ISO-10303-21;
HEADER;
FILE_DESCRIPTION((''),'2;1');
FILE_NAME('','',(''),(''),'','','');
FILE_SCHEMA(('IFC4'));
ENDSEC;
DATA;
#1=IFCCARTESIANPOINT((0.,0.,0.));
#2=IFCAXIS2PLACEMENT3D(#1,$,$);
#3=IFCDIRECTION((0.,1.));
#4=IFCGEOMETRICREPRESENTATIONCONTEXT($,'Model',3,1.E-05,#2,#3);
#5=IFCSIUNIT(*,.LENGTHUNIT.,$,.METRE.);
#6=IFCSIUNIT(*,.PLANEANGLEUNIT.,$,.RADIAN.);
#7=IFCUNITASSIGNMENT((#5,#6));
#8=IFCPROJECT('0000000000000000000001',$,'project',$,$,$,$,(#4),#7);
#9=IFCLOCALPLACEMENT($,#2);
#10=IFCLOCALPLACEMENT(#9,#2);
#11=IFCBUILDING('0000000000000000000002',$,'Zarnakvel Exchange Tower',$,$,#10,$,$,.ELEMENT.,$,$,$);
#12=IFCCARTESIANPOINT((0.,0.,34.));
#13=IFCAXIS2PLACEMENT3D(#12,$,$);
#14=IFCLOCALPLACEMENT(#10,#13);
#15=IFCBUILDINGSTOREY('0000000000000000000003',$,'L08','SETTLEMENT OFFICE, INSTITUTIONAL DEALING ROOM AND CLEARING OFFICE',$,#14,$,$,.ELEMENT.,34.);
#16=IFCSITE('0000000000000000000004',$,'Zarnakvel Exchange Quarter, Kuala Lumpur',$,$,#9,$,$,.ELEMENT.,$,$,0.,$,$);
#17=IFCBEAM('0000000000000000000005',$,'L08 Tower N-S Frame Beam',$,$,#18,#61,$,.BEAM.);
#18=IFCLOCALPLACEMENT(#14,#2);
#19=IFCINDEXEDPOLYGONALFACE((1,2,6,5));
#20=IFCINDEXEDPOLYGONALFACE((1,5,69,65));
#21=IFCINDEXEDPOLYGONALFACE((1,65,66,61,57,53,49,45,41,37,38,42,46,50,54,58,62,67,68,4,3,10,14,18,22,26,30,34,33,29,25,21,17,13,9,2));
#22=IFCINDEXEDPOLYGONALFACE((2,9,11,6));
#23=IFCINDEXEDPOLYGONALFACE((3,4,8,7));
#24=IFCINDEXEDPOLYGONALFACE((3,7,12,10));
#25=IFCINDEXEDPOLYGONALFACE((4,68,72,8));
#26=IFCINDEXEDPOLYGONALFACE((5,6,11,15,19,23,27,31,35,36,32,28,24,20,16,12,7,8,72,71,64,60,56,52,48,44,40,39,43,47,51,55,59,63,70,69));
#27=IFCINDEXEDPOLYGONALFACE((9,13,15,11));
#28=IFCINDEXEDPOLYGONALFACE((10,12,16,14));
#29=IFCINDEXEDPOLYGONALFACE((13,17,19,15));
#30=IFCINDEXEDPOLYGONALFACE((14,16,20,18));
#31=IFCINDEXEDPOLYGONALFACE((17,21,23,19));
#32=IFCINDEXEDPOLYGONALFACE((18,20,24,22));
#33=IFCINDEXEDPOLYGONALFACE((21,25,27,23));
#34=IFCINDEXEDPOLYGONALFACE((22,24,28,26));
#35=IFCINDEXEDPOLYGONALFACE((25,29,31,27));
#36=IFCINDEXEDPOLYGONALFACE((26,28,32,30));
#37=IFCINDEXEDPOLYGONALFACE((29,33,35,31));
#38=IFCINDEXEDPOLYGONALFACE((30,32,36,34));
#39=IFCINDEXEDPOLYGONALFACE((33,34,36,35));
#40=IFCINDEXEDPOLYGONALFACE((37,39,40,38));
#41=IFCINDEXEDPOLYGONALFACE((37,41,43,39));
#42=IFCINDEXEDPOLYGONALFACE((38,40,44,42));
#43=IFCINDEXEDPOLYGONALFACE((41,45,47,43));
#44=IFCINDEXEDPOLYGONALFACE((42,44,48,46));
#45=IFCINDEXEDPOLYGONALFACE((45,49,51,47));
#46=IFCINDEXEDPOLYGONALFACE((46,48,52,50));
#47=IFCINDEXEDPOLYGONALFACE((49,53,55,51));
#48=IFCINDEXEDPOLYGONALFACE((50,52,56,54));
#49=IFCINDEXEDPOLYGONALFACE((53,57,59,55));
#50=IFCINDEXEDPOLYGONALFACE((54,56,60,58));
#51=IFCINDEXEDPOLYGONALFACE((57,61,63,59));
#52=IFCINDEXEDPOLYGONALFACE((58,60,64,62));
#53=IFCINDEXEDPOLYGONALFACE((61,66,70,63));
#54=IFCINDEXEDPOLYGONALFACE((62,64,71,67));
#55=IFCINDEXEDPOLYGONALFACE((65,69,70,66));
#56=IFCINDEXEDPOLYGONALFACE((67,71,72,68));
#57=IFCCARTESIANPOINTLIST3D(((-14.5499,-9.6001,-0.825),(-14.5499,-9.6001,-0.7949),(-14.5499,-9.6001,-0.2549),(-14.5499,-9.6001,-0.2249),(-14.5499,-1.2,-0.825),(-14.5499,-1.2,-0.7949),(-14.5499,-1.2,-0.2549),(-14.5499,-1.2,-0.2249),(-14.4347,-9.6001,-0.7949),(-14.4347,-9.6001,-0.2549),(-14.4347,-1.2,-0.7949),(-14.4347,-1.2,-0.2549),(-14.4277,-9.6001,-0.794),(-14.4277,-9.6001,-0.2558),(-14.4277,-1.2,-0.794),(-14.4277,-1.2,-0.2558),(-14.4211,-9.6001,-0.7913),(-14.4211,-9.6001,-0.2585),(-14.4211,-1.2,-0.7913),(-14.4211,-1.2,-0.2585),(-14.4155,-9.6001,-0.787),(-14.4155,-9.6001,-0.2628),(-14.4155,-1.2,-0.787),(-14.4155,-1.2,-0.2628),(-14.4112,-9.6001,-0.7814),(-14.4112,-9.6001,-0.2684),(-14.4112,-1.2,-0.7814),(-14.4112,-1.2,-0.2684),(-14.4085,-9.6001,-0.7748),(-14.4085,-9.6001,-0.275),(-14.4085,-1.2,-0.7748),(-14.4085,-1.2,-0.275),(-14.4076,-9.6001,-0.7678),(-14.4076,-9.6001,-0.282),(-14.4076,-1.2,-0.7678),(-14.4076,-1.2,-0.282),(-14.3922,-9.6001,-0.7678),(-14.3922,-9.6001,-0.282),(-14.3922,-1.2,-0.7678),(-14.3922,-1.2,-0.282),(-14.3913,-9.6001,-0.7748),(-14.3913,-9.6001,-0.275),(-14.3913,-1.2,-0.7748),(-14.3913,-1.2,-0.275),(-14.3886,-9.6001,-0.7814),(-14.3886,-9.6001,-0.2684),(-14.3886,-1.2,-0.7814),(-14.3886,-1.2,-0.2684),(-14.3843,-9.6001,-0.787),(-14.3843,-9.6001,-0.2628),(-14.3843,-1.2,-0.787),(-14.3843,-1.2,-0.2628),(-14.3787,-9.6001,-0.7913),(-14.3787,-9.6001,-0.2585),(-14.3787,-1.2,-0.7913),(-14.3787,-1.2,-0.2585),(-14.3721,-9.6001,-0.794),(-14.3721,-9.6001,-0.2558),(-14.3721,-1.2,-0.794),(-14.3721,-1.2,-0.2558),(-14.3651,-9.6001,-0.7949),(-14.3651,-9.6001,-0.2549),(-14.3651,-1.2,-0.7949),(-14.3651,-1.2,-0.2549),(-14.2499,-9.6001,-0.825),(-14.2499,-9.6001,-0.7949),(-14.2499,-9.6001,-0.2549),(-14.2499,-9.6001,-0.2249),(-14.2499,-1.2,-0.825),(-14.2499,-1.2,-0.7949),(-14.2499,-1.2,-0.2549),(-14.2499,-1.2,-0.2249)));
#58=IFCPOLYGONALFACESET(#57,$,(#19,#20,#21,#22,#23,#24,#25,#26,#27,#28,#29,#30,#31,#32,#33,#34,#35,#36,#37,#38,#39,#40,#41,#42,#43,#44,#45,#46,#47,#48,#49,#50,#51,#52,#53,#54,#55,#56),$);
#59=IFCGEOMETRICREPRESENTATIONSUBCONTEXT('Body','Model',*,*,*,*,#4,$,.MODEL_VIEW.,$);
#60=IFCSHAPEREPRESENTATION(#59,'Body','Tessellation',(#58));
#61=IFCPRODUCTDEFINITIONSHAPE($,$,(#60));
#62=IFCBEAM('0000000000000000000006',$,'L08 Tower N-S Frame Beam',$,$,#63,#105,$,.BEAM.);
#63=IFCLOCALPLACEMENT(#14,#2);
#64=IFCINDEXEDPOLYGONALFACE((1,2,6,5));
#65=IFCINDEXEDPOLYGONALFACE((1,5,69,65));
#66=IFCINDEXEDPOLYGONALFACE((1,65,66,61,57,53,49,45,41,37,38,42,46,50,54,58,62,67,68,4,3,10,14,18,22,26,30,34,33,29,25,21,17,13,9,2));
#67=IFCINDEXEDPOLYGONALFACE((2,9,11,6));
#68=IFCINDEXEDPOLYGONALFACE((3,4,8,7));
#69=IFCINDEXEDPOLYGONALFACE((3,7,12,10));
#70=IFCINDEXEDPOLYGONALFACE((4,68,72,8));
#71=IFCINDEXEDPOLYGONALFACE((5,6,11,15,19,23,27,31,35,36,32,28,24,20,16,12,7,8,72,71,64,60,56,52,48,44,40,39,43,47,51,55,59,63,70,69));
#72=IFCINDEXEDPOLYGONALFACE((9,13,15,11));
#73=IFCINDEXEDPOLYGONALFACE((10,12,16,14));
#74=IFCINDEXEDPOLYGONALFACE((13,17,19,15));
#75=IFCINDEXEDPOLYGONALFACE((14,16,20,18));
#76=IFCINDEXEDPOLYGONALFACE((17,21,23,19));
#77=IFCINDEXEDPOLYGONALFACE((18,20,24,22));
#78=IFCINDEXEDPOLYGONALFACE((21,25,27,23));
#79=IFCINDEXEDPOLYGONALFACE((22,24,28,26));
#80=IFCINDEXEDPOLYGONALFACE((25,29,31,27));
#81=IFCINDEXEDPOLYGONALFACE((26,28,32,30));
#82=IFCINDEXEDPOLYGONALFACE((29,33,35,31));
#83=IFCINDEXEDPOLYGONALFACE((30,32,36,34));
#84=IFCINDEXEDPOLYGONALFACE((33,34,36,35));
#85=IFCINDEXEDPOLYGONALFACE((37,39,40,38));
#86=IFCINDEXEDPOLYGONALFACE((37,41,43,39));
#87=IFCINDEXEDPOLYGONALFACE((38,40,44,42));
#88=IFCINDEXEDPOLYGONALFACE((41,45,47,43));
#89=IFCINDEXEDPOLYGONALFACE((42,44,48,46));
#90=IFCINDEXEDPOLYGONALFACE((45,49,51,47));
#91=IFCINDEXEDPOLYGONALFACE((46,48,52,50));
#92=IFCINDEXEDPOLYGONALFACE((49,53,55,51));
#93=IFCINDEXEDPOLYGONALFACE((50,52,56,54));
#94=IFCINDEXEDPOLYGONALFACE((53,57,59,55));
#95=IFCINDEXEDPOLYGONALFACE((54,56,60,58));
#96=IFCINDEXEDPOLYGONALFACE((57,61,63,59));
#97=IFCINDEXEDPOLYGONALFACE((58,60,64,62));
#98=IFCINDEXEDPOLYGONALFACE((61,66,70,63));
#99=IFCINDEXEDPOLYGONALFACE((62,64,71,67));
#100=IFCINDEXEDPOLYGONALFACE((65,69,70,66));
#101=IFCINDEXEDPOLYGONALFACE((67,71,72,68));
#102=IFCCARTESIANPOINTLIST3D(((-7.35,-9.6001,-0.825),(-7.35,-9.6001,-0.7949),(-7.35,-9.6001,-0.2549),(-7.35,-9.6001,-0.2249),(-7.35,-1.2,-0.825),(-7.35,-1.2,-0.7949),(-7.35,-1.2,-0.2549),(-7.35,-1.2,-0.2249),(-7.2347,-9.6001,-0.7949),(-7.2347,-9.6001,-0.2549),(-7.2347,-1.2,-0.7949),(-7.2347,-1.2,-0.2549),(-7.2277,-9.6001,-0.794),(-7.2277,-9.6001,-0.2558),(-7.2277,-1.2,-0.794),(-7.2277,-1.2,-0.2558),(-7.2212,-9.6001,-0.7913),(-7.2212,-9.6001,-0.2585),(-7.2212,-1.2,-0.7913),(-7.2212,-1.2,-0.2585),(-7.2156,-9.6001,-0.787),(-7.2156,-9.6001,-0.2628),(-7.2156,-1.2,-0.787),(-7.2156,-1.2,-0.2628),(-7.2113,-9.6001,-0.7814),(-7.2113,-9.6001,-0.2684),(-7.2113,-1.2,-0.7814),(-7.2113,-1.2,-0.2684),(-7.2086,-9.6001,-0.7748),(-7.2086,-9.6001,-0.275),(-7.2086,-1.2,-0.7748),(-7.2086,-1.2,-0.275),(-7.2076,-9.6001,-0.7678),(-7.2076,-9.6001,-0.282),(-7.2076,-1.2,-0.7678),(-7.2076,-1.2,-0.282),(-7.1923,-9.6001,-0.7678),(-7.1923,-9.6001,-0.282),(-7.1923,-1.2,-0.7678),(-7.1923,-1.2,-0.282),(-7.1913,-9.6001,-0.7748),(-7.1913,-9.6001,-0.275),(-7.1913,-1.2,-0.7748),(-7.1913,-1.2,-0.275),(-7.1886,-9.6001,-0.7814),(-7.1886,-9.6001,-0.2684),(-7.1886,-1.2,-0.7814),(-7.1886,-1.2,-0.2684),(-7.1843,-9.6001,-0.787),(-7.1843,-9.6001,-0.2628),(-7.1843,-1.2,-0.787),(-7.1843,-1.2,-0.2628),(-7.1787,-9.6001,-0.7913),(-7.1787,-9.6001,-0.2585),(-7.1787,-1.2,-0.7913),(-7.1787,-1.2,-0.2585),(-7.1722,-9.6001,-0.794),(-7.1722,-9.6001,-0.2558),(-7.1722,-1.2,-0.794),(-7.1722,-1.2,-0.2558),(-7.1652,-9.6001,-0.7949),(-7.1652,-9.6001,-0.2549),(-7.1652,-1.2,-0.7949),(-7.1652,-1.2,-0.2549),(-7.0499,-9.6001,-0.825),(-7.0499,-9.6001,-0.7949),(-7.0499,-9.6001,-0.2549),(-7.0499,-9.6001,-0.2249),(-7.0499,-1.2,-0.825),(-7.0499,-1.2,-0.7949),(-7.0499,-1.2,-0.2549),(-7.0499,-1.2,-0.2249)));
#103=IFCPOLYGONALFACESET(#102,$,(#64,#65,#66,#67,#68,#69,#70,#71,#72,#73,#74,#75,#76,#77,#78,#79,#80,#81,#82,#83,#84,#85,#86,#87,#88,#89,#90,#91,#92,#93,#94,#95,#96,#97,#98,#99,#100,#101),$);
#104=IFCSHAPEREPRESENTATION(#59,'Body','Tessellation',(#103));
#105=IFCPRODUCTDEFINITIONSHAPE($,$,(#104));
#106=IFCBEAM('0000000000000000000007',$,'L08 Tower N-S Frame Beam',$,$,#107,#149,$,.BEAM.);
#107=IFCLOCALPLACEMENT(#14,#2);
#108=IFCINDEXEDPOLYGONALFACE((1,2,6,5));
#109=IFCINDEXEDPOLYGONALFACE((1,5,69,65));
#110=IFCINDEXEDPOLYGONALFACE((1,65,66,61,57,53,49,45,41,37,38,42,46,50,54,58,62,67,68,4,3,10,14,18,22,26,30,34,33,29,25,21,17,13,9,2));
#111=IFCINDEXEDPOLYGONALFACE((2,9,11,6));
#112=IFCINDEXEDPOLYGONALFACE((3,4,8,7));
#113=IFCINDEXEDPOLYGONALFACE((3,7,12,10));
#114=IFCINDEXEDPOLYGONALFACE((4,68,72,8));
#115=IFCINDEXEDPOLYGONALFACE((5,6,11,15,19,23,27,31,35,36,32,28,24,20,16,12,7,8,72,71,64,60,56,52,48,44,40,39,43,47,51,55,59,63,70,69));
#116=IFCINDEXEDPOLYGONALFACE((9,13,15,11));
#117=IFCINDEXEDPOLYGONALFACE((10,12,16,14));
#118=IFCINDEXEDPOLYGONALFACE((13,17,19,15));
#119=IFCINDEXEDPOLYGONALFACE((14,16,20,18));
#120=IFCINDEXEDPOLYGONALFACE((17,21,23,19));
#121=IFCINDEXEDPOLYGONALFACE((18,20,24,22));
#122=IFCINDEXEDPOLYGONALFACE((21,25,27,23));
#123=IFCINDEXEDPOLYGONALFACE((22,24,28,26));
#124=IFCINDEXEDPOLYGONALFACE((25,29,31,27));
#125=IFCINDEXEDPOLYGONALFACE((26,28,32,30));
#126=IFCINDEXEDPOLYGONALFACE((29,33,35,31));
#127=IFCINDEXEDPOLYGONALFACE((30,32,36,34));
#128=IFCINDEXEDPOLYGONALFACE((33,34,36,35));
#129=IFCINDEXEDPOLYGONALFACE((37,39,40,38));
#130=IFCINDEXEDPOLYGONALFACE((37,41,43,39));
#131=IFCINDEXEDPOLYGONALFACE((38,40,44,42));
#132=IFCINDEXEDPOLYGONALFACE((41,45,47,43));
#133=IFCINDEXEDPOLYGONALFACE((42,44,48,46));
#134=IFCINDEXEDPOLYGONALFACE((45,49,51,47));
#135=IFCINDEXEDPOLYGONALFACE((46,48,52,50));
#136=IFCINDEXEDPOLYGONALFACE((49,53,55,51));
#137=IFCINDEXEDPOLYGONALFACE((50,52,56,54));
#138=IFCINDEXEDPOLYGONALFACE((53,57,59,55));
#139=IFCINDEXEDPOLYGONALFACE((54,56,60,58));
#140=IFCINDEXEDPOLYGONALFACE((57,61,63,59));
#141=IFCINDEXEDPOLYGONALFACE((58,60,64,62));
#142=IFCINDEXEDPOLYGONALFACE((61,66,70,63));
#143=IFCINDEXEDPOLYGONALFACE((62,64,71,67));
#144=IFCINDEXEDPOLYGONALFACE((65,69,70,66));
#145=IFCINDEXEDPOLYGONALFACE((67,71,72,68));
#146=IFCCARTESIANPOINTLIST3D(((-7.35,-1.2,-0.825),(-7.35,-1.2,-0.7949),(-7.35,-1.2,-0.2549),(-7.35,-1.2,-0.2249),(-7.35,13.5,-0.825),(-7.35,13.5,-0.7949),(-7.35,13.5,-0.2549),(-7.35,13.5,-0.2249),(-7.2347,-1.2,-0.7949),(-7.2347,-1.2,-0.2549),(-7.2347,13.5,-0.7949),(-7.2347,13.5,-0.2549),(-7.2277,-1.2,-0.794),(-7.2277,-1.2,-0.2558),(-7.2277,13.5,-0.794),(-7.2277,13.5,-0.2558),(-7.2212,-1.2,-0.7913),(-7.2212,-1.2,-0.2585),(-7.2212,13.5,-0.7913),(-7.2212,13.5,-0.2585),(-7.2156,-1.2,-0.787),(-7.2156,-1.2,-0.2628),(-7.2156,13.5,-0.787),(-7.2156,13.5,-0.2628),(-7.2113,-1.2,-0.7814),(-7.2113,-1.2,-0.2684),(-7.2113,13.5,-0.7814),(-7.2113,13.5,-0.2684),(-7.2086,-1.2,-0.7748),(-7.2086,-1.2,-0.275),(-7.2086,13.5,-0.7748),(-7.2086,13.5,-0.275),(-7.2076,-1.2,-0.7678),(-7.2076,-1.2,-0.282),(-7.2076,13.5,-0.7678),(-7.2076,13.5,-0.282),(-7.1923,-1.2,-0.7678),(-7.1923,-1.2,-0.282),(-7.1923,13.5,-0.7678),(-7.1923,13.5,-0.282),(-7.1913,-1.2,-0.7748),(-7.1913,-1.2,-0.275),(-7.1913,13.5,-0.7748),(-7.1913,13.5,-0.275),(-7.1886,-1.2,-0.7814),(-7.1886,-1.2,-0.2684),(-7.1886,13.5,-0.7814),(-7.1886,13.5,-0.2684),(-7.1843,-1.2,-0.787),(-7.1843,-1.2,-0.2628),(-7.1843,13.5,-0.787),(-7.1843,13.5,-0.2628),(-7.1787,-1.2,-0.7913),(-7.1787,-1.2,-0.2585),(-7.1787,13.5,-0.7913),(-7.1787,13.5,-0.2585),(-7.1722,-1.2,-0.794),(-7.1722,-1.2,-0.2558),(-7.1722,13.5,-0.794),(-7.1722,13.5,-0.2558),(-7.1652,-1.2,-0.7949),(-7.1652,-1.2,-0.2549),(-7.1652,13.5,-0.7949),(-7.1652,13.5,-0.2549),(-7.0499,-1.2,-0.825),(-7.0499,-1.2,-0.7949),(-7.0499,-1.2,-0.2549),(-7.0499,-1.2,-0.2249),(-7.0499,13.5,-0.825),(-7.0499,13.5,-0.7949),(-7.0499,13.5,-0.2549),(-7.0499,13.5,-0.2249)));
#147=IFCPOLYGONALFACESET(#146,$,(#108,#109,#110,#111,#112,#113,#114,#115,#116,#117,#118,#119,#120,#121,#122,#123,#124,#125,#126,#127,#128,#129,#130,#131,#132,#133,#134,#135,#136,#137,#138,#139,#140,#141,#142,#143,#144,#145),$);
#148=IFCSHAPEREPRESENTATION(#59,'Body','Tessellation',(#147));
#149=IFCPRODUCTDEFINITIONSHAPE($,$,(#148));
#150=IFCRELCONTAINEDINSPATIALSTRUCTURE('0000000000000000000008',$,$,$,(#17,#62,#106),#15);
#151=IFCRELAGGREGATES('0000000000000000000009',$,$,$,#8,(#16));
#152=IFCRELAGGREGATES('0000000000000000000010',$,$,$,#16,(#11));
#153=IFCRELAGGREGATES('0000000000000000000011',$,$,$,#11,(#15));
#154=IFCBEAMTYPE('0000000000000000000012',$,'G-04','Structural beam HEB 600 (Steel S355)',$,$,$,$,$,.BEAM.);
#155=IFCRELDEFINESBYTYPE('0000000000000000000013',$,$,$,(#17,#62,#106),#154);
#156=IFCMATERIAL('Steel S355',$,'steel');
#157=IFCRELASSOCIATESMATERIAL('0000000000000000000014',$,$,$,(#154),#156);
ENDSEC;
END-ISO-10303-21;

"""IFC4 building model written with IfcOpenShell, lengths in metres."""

from ifc_helpers import new_model, si_unit, direction, frame, origin, origin_2d, place, context, subcontext, project, spatial, i_section, extrude, material, material_profile, profile_set, type_object, element, save


model = new_model("IFC4")

# Units and contexts
model_context = context("Model", 3, precision=1e-05, world=origin(), true_north=direction((0.0, 1.0)))
body_context = subcontext(model_context, "Body", "Model", "MODEL_VIEW")
ifc_project = project(units=[si_unit("LENGTHUNIT", "METRE"), si_unit("PLANEANGLEUNIT", "RADIAN")], contexts=[model_context])

# Site, building, storey
site_placement = place(None, origin())
site = spatial("IfcSite", under=ifc_project, at=site_placement, Name="Zarnakvel Exchange Quarter, Kuala Lumpur", CompositionType="ELEMENT", RefElevation=0.0)
building_placement = place(site_placement, origin())
building = spatial("IfcBuilding", under=site, at=building_placement, Name="Zarnakvel Exchange Tower", CompositionType="ELEMENT")
storey_placement = place(building_placement, frame((0.0, 0.0, 34.0)))
storey = spatial("IfcBuildingStorey", under=building, at=storey_placement, Name="L08", Description="SETTLEMENT OFFICE, INSTITUTIONAL DEALING ROOM AND CLEARING OFFICE", CompositionType="ELEMENT", Elevation=34.0)

# Beams
ifc_material_1 = material(Name="Steel S355", Category="steel")
ifc_material_profile_1 = material_profile(ifc_material_1, i_section(OverallWidth=0.3, OverallDepth=0.6001, WebThickness=0.0154, FlangeThickness=0.03, FilletRadius=0.0271, at=origin_2d()))
ifc_profile_set_1 = profile_set([ifc_material_profile_1], Name="Steel S355")
beam_type_1 = type_object("IfcBeamType", Name="G-04", Description="Structural beam HEB 600 (Steel S355)", PredefinedType="BEAM", material=ifc_profile_set_1)
for number, where, z_axis, x_axis, name in (
    (1, (-14.3999, -9.6001, -0.5249), (0.0, 1.0, 0.0), (-1.0, 0.0, 0.0), "L08 Tower N-S Frame Beam"),
    (2, (-7.2, -9.6001, -0.5249), (0.0, 1.0, 0.0), (-1.0, 0.0, 0.0), "L08 Tower N-S Frame Beam"),
):
    element("IfcBeam", number, at=place(storey_placement, frame(where, z_axis=z_axis, x_axis=x_axis)), inside=storey, type_object=beam_type_1, Name=name, PredefinedType="BEAM", context=body_context, shape_type="SweptSolid", body=[
        extrude(i_section(OverallWidth=0.3, OverallDepth=0.6001, WebThickness=0.0154, FlangeThickness=0.03, FilletRadius=0.0271, at=origin_2d()), origin(), (0.0, 0.0, 1.0), 8.4001),
    ])
beam_1_placement = place(storey_placement, frame((-7.2, -1.2, -0.5249), z_axis=(0.0, 1.0, 0.0), x_axis=(-1.0, 0.0, 0.0)))
element("IfcBeam", 3, at=beam_1_placement, inside=storey, type_object=beam_type_1, Name="L08 Tower N-S Frame Beam", PredefinedType="BEAM", context=body_context, shape_type="SweptSolid", body=[
    extrude(i_section(OverallWidth=0.3, OverallDepth=0.6001, WebThickness=0.0154, FlangeThickness=0.03, FilletRadius=0.0271, at=origin_2d()), origin(), (0.0, 0.0, 1.0), 14.7),
])

save(model, "model.ifc")
